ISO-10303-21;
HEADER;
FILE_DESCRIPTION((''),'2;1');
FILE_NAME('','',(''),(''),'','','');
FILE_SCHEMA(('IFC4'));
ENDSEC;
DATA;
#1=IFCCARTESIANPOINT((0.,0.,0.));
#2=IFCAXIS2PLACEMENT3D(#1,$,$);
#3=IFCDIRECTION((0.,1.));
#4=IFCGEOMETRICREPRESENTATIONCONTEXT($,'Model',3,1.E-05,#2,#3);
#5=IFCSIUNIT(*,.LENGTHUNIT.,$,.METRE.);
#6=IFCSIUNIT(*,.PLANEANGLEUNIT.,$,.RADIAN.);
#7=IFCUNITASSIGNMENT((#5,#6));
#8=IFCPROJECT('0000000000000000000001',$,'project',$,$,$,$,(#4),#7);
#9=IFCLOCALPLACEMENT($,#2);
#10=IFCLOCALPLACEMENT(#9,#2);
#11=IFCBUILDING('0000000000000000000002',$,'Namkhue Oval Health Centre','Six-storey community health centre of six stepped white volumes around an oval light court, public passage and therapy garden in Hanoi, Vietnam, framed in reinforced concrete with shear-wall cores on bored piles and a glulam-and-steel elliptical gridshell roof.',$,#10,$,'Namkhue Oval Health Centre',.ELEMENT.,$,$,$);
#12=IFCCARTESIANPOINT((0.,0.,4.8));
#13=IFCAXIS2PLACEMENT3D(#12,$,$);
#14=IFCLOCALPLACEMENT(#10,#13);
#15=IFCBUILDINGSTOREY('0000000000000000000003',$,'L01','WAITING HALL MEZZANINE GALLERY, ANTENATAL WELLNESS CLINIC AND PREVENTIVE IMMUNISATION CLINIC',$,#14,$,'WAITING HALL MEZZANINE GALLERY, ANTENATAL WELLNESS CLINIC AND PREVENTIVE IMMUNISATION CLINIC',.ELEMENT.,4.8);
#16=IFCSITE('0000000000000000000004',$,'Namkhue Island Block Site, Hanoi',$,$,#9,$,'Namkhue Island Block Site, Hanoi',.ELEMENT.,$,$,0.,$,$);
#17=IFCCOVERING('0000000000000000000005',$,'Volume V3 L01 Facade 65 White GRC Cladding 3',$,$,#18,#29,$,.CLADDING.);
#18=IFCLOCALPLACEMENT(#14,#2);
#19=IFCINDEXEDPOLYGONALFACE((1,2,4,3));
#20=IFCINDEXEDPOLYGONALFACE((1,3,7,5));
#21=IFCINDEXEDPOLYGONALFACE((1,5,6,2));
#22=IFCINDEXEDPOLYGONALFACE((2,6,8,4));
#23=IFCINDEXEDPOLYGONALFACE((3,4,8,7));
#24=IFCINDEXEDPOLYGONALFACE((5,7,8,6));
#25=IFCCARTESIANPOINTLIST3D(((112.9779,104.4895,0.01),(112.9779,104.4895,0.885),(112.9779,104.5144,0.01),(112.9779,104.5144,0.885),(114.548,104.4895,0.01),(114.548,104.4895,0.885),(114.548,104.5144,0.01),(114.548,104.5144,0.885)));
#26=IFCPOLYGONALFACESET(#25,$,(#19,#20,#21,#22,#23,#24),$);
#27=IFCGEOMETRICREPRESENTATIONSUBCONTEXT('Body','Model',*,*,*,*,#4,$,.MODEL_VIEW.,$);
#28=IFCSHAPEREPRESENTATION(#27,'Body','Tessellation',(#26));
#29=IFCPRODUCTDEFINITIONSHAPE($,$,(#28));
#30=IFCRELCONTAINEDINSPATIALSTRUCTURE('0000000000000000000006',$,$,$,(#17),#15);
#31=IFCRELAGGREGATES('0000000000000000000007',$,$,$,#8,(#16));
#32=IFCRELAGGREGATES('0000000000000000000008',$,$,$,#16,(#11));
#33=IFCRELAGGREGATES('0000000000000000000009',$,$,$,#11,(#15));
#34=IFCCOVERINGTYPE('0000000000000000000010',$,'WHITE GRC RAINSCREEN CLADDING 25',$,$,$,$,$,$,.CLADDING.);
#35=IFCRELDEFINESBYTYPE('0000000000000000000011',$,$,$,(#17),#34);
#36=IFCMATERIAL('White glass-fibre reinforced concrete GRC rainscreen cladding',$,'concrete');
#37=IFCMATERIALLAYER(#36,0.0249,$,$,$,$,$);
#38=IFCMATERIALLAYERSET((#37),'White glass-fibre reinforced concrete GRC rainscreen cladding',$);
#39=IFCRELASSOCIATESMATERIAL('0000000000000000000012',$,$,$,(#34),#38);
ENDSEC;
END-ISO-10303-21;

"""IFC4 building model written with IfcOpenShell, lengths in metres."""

from ifc_helpers import new_model, si_unit, direction, frame, origin, origin_2d, place, context, subcontext, project, spatial, rectangle, extrude, material, layer, layer_set, type_object, element, save


model = new_model("IFC4")

# Units and contexts
model_context = context("Model", 3, precision=1e-05, world=origin(), true_north=direction((0.0, 1.0)))
body_context = subcontext(model_context, "Body", "Model", "MODEL_VIEW")
ifc_project = project(units=[si_unit("LENGTHUNIT", "METRE"), si_unit("PLANEANGLEUNIT", "RADIAN")], contexts=[model_context])

# Site, building, storey
site_placement = place(None, origin())
site = spatial("IfcSite", under=ifc_project, at=site_placement, Name="Namkhue Island Block Site, Hanoi", LongName="Namkhue Island Block Site, Hanoi", CompositionType="ELEMENT", RefElevation=0.0)
building_placement = place(site_placement, origin())
building = spatial("IfcBuilding", under=site, at=building_placement, Name="Namkhue Oval Health Centre", Description="Six-storey community health centre of six stepped white volumes around an oval light court, public passage and therapy garden in Hanoi, Vietnam, framed in reinforced concrete with shear-wall cores on bored piles and a glulam-and-steel elliptical gridshell roof.", LongName="Namkhue Oval Health Centre", CompositionType="ELEMENT")
storey_placement = place(building_placement, frame((0.0, 0.0, 4.8)))
storey = spatial("IfcBuildingStorey", under=building, at=storey_placement, Name="L01", Description="WAITING HALL MEZZANINE GALLERY, ANTENATAL WELLNESS CLINIC AND PREVENTIVE IMMUNISATION CLINIC", LongName="WAITING HALL MEZZANINE GALLERY, ANTENATAL WELLNESS CLINIC AND PREVENTIVE IMMUNISATION CLINIC", CompositionType="ELEMENT", Elevation=4.8)

# Covering
ifc_material_1 = material(Name="White glass-fibre reinforced concrete GRC rainscreen cladding", Category="concrete")
ifc_layer_1 = layer(ifc_material_1, 0.0249)
ifc_layer_set_1 = layer_set([ifc_layer_1], Name="White glass-fibre reinforced concrete GRC rainscreen cladding")
covering_type = type_object("IfcCoveringType", Name="WHITE GRC RAINSCREEN CLADDING 25", PredefinedType="CLADDING", material=ifc_layer_set_1)
covering_1_placement = place(storey_placement, frame((113.7629, 104.502, 0.01), z_axis=(0.0, 0.0, 1.0), x_axis=(-1.0, 0.0, 0.0)))
element("IfcCovering", 1, at=covering_1_placement, inside=storey, type_object=covering_type, Name="Volume V3 L01 Facade 65 White GRC Cladding 3", PredefinedType="CLADDING", context=body_context, shape_type="SweptSolid", body=[
    extrude(rectangle(XDim=1.5701, YDim=0.0249, at=origin_2d()), origin(), (0.0, 0.0, 1.0), 0.875),
])

save(model, "model.ifc")
